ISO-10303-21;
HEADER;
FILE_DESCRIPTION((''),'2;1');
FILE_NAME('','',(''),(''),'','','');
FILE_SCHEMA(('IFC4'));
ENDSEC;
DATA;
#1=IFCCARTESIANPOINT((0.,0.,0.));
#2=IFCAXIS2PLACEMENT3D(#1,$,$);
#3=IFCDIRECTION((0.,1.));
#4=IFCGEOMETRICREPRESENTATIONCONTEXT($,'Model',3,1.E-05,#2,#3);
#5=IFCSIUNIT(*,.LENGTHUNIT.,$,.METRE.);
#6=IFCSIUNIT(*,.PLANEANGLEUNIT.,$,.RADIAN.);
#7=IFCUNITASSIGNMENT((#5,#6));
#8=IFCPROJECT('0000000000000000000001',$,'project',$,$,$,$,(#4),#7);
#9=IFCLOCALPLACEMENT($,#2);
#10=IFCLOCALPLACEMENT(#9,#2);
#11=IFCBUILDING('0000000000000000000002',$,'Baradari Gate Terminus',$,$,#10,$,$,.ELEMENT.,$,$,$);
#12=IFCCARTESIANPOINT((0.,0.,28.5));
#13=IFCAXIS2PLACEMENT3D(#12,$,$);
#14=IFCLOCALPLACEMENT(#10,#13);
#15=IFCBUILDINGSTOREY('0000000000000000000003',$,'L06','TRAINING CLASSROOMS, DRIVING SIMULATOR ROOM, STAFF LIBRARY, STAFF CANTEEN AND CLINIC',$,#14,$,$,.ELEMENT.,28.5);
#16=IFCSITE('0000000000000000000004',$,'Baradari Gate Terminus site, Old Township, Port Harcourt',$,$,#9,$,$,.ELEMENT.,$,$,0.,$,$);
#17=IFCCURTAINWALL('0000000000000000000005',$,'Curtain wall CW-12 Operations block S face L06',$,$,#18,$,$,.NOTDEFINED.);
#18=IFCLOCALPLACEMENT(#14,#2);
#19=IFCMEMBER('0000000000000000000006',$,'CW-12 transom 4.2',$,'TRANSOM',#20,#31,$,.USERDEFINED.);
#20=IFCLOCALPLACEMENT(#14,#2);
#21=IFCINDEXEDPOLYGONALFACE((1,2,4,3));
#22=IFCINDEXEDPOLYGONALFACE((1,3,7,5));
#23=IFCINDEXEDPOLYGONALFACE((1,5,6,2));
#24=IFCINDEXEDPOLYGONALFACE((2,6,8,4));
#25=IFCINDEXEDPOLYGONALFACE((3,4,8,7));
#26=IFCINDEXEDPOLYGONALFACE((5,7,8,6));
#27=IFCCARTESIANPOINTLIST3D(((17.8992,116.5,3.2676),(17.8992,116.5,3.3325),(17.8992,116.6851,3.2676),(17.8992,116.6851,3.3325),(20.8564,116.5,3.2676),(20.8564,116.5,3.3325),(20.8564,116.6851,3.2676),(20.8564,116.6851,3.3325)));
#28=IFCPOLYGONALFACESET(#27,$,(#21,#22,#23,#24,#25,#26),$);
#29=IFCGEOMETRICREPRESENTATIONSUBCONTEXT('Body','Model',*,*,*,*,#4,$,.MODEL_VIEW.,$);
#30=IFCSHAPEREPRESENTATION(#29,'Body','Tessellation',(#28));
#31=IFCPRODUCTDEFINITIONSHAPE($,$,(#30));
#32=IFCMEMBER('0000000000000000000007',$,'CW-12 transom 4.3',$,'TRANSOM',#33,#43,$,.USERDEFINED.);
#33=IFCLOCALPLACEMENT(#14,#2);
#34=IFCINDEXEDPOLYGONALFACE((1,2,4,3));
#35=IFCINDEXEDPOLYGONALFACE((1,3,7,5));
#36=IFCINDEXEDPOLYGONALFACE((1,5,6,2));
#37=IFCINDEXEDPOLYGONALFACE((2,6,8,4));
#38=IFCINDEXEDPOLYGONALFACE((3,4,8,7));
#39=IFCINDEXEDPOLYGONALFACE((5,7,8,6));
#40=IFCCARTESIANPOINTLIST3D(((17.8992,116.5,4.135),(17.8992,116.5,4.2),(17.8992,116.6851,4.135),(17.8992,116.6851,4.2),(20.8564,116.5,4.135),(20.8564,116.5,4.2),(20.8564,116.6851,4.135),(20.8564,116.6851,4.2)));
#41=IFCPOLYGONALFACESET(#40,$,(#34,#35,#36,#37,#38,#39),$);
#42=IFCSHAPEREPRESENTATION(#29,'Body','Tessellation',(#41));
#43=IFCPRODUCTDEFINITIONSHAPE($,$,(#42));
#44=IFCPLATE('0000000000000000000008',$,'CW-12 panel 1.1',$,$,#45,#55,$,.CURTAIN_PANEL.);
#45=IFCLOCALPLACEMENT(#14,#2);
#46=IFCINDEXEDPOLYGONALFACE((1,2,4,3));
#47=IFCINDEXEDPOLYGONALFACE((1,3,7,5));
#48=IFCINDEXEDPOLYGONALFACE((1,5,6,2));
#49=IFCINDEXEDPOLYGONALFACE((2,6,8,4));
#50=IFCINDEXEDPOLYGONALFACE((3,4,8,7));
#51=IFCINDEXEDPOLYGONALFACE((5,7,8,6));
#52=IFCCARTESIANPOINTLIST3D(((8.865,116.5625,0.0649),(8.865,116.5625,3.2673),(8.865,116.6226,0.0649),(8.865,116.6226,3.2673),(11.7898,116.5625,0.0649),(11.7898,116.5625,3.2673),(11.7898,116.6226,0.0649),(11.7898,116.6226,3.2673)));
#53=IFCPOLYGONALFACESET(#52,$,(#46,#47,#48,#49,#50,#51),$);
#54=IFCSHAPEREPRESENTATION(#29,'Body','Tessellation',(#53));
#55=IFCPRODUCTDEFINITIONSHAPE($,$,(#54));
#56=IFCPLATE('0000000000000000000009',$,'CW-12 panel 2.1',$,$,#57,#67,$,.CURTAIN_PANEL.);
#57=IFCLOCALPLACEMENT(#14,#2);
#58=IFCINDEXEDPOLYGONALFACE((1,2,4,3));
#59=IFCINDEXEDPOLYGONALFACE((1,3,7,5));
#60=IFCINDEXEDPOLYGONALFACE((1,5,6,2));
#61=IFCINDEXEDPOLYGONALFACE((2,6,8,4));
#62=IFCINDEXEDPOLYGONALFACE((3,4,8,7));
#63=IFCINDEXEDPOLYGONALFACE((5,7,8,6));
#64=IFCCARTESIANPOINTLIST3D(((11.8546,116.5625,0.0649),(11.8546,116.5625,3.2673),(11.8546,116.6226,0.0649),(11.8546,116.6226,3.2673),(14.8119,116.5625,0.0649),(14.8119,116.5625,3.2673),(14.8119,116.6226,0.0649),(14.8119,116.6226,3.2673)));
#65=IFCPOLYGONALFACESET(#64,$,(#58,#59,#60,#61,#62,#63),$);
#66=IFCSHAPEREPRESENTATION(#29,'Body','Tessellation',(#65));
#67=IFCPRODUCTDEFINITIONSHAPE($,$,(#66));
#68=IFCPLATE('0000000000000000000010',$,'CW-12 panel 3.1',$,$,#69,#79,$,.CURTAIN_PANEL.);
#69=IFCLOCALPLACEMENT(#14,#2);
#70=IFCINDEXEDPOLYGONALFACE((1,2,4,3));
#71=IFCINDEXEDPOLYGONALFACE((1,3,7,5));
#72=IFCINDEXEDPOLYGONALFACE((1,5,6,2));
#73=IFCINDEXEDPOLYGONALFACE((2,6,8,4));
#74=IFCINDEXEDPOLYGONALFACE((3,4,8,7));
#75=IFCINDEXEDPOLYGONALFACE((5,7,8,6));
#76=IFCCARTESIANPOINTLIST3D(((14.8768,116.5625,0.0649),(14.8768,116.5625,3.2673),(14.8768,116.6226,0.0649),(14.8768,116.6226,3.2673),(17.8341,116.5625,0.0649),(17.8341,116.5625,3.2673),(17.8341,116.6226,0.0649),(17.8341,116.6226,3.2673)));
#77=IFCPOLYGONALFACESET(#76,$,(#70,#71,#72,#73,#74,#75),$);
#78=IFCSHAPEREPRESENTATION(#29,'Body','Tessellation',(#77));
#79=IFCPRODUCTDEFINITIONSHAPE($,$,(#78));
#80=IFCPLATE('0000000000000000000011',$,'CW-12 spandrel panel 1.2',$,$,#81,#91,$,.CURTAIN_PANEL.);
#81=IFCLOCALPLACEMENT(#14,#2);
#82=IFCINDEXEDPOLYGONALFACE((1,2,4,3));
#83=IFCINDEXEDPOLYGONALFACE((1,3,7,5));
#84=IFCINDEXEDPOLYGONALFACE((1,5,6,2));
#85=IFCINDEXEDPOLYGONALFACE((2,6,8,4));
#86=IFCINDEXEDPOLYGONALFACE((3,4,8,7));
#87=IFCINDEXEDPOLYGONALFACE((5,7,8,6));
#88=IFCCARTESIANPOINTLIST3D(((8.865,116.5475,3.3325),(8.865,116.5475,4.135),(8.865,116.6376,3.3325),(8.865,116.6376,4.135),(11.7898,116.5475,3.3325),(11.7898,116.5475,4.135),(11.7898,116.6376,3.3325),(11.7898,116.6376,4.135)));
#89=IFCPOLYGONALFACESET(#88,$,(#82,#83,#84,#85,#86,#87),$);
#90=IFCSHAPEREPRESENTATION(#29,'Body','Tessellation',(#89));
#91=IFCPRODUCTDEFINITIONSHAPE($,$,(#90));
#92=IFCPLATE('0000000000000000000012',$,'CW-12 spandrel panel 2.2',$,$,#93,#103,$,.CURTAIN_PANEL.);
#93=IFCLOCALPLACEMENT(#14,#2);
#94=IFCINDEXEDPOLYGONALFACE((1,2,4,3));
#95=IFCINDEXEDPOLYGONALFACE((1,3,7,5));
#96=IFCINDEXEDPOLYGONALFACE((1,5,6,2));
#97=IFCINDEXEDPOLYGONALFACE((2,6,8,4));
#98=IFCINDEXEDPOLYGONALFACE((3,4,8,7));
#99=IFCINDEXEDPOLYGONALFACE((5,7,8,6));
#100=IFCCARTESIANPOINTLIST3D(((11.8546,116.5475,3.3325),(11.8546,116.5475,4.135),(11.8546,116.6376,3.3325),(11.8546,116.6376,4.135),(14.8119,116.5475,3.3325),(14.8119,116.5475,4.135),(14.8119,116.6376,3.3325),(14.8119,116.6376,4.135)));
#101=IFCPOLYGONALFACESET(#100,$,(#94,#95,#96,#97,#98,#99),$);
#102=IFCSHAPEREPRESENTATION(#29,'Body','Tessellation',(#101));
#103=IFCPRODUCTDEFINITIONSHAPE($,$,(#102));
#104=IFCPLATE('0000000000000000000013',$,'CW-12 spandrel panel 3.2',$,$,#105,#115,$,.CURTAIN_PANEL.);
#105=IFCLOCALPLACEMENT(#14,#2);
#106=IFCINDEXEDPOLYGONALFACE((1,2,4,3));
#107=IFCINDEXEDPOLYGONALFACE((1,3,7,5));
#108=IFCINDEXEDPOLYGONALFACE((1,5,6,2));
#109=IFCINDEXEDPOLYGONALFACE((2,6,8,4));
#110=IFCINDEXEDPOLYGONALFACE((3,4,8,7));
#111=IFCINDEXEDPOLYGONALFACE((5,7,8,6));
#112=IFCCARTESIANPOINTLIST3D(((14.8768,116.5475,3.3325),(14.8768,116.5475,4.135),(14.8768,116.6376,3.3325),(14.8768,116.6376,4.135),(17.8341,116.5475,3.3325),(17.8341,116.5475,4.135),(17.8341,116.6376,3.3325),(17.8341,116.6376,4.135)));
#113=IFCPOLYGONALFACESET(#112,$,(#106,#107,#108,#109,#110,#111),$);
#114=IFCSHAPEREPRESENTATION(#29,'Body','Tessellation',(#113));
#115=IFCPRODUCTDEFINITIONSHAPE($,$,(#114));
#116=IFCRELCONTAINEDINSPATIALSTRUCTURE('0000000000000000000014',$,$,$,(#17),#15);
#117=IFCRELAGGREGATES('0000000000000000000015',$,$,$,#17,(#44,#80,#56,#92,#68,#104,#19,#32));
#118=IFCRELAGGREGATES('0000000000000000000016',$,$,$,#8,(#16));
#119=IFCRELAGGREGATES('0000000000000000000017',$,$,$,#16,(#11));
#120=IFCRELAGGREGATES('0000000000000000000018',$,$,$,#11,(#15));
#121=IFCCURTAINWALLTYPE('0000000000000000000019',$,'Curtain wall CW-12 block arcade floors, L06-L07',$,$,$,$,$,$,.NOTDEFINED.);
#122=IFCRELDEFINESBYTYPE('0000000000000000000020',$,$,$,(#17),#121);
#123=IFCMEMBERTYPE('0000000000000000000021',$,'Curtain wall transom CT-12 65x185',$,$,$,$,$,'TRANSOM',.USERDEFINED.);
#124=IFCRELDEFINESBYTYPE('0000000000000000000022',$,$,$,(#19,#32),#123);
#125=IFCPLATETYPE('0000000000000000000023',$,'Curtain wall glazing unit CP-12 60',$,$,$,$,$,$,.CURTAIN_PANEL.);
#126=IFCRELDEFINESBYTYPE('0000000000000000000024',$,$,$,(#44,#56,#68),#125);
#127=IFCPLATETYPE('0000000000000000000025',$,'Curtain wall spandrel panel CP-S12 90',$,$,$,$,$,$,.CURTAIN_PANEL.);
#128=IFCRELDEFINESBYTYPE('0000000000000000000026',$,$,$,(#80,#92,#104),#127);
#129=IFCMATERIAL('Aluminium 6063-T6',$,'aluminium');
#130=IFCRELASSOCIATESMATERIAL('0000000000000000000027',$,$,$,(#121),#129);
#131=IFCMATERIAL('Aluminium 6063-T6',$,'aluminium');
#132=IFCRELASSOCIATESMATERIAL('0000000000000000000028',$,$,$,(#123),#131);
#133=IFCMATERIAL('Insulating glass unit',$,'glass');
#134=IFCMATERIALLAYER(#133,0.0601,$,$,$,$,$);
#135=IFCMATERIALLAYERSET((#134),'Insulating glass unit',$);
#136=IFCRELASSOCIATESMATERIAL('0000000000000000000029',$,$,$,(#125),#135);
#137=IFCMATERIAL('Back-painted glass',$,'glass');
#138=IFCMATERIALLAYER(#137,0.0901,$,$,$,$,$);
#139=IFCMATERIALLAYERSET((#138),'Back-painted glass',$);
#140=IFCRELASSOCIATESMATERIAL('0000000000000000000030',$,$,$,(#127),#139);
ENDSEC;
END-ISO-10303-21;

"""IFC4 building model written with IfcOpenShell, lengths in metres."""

from ifc_helpers import new_model, si_unit, direction, frame, origin, origin_2d, place, context, subcontext, project, spatial, rectangle, extrude, material, layer, layer_set, material_profile, profile_set, type_object, element, aggregate, save


model = new_model("IFC4")

# Units and contexts
model_context = context("Model", 3, precision=1e-05, world=origin(), true_north=direction((0.0, 1.0)))
body_context = subcontext(model_context, "Body", "Model", "MODEL_VIEW")
ifc_project = project(units=[si_unit("LENGTHUNIT", "METRE"), si_unit("PLANEANGLEUNIT", "RADIAN")], contexts=[model_context])

# Site, building, storey
site_placement = place(None, origin())
site = spatial("IfcSite", under=ifc_project, at=site_placement, Name="Baradari Gate Terminus site, Old Township, Port Harcourt", CompositionType="ELEMENT", RefElevation=0.0)
building_placement = place(site_placement, origin())
building = spatial("IfcBuilding", under=site, at=building_placement, Name="Baradari Gate Terminus", CompositionType="ELEMENT")
storey_placement = place(building_placement, frame((0.0, 0.0, 28.5)))
storey = spatial("IfcBuildingStorey", under=building, at=storey_placement, Name="L06", Description="TRAINING CLASSROOMS, DRIVING SIMULATOR ROOM, STAFF LIBRARY, STAFF CANTEEN AND CLINIC", CompositionType="ELEMENT", Elevation=28.5)

# Curtain wall, members, plates
ifc_material_1 = material(Name="Aluminium 6063-T6", Category="aluminium")
curtain_wall_type = type_object("IfcCurtainWallType", Name="Curtain wall CW-12 block arcade floors, L06-L07", PredefinedType="NOTDEFINED", material=ifc_material_1)
curtain_wall_placement = place(storey_placement, origin())
curtain_wall = element("IfcCurtainWall", 1, at=curtain_wall_placement, inside=storey, type_object=curtain_wall_type, Name="Curtain wall CW-12 Operations block S face L06", PredefinedType="NOTDEFINED")
ifc_material_2 = material(Name="Aluminium 6063-T6", Category="aluminium")
ifc_material_profile_1 = material_profile(ifc_material_2, rectangle(XDim=0.1851, YDim=0.0649, at=origin_2d()), Name="CT-12 65X185")
ifc_profile_set_1 = profile_set([ifc_material_profile_1], Name="Aluminium 6063-T6")
member_type_1 = type_object("IfcMemberType", Name="Curtain wall transom CT-12 65x185", ElementType="TRANSOM", PredefinedType="USERDEFINED", material=ifc_profile_set_1)
member_1_placement = place(storey_placement, frame((17.8992, 116.5925, 3.3), z_axis=(1.0, 0.0, 0.0), x_axis=(0.0, 1.0, 0.0)))
member_1 = element("IfcMember", 2, at=member_1_placement, type_object=member_type_1, Name="CW-12 transom 4.2", ObjectType="TRANSOM", PredefinedType="USERDEFINED", context=body_context, shape_type="SweptSolid", body=[
    extrude(rectangle(XDim=0.1851, YDim=0.0649, at=origin_2d()), origin(), (0.0, 0.0, 1.0), 2.9573),
])
member_2_placement = place(storey_placement, frame((17.8992, 116.5925, 4.1675), z_axis=(1.0, 0.0, 0.0), x_axis=(0.0, 1.0, 0.0)))
member_2 = element("IfcMember", 3, at=member_2_placement, type_object=member_type_1, Name="CW-12 transom 4.3", ObjectType="TRANSOM", PredefinedType="USERDEFINED", context=body_context, shape_type="SweptSolid", body=[
    extrude(rectangle(XDim=0.1851, YDim=0.0649, at=origin_2d()), origin(), (0.0, 0.0, 1.0), 2.9573),
])
ifc_material_3 = material(Name="Insulating glass unit", Category="glass")
ifc_layer_1 = layer(ifc_material_3, 0.0601)
ifc_layer_set_1 = layer_set([ifc_layer_1], Name="Insulating glass unit")
plate_type_1 = type_object("IfcPlateType", Name="Curtain wall glazing unit CP-12 60", PredefinedType="CURTAIN_PANEL", material=ifc_layer_set_1)
plate_1_placement = place(storey_placement, frame((10.3274, 116.5925, 0.0649), z_axis=(0.0, 0.0, 1.0), x_axis=(1.0, 0.0, 0.0)))
plate_1 = element("IfcPlate", 4, at=plate_1_placement, type_object=plate_type_1, Name="CW-12 panel 1.1", PredefinedType="CURTAIN_PANEL", context=body_context, shape_type="SweptSolid", body=[
    extrude(rectangle(XDim=2.9248, YDim=0.0601, at=origin_2d()), origin(), (0.0, 0.0, 1.0), 3.2024),
])
plate_2_placement = place(storey_placement, frame((13.3333, 116.5925, 0.0649), z_axis=(0.0, 0.0, 1.0), x_axis=(1.0, 0.0, 0.0)))
plate_2 = element("IfcPlate", 5, at=plate_2_placement, type_object=plate_type_1, Name="CW-12 panel 2.1", PredefinedType="CURTAIN_PANEL", context=body_context, shape_type="SweptSolid", body=[
    extrude(rectangle(XDim=2.9573, YDim=0.0601, at=origin_2d()), origin(), (0.0, 0.0, 1.0), 3.2024),
])
plate_3_placement = place(storey_placement, frame((16.3555, 116.5925, 0.0649), z_axis=(0.0, 0.0, 1.0), x_axis=(1.0, 0.0, 0.0)))
plate_3 = element("IfcPlate", 6, at=plate_3_placement, type_object=plate_type_1, Name="CW-12 panel 3.1", PredefinedType="CURTAIN_PANEL", context=body_context, shape_type="SweptSolid", body=[
    extrude(rectangle(XDim=2.9573, YDim=0.0601, at=origin_2d()), origin(), (0.0, 0.0, 1.0), 3.2024),
])
ifc_material_4 = material(Name="Back-painted glass", Category="glass")
ifc_layer_2 = layer(ifc_material_4, 0.0901)
ifc_layer_set_2 = layer_set([ifc_layer_2], Name="Back-painted glass")
plate_type_2 = type_object("IfcPlateType", Name="Curtain wall spandrel panel CP-S12 90", PredefinedType="CURTAIN_PANEL", material=ifc_layer_set_2)
plate_4_placement = place(storey_placement, frame((10.3274, 116.5925, 3.3325), z_axis=(0.0, 0.0, 1.0), x_axis=(1.0, 0.0, 0.0)))
plate_4 = element("IfcPlate", 7, at=plate_4_placement, type_object=plate_type_2, Name="CW-12 spandrel panel 1.2", PredefinedType="CURTAIN_PANEL", context=body_context, shape_type="SweptSolid", body=[
    extrude(rectangle(XDim=2.9248, YDim=0.0901, at=origin_2d()), origin(), (0.0, 0.0, 1.0), 0.8025),
])
plate_5_placement = place(storey_placement, frame((13.3333, 116.5925, 3.3325), z_axis=(0.0, 0.0, 1.0), x_axis=(1.0, 0.0, 0.0)))
plate_5 = element("IfcPlate", 8, at=plate_5_placement, type_object=plate_type_2, Name="CW-12 spandrel panel 2.2", PredefinedType="CURTAIN_PANEL", context=body_context, shape_type="SweptSolid", body=[
    extrude(rectangle(XDim=2.9573, YDim=0.0901, at=origin_2d()), origin(), (0.0, 0.0, 1.0), 0.8025),
])
plate_6_placement = place(storey_placement, frame((16.3555, 116.5925, 3.3325), z_axis=(0.0, 0.0, 1.0), x_axis=(1.0, 0.0, 0.0)))
plate_6 = element("IfcPlate", 9, at=plate_6_placement, type_object=plate_type_2, Name="CW-12 spandrel panel 3.2", PredefinedType="CURTAIN_PANEL", context=body_context, shape_type="SweptSolid", body=[
    extrude(rectangle(XDim=2.9573, YDim=0.0901, at=origin_2d()), origin(), (0.0, 0.0, 1.0), 0.8025),
])
aggregate(curtain_wall, [plate_1, plate_4, plate_2, plate_5, plate_3, plate_6, member_1, member_2])

save(model, "model.ifc")
